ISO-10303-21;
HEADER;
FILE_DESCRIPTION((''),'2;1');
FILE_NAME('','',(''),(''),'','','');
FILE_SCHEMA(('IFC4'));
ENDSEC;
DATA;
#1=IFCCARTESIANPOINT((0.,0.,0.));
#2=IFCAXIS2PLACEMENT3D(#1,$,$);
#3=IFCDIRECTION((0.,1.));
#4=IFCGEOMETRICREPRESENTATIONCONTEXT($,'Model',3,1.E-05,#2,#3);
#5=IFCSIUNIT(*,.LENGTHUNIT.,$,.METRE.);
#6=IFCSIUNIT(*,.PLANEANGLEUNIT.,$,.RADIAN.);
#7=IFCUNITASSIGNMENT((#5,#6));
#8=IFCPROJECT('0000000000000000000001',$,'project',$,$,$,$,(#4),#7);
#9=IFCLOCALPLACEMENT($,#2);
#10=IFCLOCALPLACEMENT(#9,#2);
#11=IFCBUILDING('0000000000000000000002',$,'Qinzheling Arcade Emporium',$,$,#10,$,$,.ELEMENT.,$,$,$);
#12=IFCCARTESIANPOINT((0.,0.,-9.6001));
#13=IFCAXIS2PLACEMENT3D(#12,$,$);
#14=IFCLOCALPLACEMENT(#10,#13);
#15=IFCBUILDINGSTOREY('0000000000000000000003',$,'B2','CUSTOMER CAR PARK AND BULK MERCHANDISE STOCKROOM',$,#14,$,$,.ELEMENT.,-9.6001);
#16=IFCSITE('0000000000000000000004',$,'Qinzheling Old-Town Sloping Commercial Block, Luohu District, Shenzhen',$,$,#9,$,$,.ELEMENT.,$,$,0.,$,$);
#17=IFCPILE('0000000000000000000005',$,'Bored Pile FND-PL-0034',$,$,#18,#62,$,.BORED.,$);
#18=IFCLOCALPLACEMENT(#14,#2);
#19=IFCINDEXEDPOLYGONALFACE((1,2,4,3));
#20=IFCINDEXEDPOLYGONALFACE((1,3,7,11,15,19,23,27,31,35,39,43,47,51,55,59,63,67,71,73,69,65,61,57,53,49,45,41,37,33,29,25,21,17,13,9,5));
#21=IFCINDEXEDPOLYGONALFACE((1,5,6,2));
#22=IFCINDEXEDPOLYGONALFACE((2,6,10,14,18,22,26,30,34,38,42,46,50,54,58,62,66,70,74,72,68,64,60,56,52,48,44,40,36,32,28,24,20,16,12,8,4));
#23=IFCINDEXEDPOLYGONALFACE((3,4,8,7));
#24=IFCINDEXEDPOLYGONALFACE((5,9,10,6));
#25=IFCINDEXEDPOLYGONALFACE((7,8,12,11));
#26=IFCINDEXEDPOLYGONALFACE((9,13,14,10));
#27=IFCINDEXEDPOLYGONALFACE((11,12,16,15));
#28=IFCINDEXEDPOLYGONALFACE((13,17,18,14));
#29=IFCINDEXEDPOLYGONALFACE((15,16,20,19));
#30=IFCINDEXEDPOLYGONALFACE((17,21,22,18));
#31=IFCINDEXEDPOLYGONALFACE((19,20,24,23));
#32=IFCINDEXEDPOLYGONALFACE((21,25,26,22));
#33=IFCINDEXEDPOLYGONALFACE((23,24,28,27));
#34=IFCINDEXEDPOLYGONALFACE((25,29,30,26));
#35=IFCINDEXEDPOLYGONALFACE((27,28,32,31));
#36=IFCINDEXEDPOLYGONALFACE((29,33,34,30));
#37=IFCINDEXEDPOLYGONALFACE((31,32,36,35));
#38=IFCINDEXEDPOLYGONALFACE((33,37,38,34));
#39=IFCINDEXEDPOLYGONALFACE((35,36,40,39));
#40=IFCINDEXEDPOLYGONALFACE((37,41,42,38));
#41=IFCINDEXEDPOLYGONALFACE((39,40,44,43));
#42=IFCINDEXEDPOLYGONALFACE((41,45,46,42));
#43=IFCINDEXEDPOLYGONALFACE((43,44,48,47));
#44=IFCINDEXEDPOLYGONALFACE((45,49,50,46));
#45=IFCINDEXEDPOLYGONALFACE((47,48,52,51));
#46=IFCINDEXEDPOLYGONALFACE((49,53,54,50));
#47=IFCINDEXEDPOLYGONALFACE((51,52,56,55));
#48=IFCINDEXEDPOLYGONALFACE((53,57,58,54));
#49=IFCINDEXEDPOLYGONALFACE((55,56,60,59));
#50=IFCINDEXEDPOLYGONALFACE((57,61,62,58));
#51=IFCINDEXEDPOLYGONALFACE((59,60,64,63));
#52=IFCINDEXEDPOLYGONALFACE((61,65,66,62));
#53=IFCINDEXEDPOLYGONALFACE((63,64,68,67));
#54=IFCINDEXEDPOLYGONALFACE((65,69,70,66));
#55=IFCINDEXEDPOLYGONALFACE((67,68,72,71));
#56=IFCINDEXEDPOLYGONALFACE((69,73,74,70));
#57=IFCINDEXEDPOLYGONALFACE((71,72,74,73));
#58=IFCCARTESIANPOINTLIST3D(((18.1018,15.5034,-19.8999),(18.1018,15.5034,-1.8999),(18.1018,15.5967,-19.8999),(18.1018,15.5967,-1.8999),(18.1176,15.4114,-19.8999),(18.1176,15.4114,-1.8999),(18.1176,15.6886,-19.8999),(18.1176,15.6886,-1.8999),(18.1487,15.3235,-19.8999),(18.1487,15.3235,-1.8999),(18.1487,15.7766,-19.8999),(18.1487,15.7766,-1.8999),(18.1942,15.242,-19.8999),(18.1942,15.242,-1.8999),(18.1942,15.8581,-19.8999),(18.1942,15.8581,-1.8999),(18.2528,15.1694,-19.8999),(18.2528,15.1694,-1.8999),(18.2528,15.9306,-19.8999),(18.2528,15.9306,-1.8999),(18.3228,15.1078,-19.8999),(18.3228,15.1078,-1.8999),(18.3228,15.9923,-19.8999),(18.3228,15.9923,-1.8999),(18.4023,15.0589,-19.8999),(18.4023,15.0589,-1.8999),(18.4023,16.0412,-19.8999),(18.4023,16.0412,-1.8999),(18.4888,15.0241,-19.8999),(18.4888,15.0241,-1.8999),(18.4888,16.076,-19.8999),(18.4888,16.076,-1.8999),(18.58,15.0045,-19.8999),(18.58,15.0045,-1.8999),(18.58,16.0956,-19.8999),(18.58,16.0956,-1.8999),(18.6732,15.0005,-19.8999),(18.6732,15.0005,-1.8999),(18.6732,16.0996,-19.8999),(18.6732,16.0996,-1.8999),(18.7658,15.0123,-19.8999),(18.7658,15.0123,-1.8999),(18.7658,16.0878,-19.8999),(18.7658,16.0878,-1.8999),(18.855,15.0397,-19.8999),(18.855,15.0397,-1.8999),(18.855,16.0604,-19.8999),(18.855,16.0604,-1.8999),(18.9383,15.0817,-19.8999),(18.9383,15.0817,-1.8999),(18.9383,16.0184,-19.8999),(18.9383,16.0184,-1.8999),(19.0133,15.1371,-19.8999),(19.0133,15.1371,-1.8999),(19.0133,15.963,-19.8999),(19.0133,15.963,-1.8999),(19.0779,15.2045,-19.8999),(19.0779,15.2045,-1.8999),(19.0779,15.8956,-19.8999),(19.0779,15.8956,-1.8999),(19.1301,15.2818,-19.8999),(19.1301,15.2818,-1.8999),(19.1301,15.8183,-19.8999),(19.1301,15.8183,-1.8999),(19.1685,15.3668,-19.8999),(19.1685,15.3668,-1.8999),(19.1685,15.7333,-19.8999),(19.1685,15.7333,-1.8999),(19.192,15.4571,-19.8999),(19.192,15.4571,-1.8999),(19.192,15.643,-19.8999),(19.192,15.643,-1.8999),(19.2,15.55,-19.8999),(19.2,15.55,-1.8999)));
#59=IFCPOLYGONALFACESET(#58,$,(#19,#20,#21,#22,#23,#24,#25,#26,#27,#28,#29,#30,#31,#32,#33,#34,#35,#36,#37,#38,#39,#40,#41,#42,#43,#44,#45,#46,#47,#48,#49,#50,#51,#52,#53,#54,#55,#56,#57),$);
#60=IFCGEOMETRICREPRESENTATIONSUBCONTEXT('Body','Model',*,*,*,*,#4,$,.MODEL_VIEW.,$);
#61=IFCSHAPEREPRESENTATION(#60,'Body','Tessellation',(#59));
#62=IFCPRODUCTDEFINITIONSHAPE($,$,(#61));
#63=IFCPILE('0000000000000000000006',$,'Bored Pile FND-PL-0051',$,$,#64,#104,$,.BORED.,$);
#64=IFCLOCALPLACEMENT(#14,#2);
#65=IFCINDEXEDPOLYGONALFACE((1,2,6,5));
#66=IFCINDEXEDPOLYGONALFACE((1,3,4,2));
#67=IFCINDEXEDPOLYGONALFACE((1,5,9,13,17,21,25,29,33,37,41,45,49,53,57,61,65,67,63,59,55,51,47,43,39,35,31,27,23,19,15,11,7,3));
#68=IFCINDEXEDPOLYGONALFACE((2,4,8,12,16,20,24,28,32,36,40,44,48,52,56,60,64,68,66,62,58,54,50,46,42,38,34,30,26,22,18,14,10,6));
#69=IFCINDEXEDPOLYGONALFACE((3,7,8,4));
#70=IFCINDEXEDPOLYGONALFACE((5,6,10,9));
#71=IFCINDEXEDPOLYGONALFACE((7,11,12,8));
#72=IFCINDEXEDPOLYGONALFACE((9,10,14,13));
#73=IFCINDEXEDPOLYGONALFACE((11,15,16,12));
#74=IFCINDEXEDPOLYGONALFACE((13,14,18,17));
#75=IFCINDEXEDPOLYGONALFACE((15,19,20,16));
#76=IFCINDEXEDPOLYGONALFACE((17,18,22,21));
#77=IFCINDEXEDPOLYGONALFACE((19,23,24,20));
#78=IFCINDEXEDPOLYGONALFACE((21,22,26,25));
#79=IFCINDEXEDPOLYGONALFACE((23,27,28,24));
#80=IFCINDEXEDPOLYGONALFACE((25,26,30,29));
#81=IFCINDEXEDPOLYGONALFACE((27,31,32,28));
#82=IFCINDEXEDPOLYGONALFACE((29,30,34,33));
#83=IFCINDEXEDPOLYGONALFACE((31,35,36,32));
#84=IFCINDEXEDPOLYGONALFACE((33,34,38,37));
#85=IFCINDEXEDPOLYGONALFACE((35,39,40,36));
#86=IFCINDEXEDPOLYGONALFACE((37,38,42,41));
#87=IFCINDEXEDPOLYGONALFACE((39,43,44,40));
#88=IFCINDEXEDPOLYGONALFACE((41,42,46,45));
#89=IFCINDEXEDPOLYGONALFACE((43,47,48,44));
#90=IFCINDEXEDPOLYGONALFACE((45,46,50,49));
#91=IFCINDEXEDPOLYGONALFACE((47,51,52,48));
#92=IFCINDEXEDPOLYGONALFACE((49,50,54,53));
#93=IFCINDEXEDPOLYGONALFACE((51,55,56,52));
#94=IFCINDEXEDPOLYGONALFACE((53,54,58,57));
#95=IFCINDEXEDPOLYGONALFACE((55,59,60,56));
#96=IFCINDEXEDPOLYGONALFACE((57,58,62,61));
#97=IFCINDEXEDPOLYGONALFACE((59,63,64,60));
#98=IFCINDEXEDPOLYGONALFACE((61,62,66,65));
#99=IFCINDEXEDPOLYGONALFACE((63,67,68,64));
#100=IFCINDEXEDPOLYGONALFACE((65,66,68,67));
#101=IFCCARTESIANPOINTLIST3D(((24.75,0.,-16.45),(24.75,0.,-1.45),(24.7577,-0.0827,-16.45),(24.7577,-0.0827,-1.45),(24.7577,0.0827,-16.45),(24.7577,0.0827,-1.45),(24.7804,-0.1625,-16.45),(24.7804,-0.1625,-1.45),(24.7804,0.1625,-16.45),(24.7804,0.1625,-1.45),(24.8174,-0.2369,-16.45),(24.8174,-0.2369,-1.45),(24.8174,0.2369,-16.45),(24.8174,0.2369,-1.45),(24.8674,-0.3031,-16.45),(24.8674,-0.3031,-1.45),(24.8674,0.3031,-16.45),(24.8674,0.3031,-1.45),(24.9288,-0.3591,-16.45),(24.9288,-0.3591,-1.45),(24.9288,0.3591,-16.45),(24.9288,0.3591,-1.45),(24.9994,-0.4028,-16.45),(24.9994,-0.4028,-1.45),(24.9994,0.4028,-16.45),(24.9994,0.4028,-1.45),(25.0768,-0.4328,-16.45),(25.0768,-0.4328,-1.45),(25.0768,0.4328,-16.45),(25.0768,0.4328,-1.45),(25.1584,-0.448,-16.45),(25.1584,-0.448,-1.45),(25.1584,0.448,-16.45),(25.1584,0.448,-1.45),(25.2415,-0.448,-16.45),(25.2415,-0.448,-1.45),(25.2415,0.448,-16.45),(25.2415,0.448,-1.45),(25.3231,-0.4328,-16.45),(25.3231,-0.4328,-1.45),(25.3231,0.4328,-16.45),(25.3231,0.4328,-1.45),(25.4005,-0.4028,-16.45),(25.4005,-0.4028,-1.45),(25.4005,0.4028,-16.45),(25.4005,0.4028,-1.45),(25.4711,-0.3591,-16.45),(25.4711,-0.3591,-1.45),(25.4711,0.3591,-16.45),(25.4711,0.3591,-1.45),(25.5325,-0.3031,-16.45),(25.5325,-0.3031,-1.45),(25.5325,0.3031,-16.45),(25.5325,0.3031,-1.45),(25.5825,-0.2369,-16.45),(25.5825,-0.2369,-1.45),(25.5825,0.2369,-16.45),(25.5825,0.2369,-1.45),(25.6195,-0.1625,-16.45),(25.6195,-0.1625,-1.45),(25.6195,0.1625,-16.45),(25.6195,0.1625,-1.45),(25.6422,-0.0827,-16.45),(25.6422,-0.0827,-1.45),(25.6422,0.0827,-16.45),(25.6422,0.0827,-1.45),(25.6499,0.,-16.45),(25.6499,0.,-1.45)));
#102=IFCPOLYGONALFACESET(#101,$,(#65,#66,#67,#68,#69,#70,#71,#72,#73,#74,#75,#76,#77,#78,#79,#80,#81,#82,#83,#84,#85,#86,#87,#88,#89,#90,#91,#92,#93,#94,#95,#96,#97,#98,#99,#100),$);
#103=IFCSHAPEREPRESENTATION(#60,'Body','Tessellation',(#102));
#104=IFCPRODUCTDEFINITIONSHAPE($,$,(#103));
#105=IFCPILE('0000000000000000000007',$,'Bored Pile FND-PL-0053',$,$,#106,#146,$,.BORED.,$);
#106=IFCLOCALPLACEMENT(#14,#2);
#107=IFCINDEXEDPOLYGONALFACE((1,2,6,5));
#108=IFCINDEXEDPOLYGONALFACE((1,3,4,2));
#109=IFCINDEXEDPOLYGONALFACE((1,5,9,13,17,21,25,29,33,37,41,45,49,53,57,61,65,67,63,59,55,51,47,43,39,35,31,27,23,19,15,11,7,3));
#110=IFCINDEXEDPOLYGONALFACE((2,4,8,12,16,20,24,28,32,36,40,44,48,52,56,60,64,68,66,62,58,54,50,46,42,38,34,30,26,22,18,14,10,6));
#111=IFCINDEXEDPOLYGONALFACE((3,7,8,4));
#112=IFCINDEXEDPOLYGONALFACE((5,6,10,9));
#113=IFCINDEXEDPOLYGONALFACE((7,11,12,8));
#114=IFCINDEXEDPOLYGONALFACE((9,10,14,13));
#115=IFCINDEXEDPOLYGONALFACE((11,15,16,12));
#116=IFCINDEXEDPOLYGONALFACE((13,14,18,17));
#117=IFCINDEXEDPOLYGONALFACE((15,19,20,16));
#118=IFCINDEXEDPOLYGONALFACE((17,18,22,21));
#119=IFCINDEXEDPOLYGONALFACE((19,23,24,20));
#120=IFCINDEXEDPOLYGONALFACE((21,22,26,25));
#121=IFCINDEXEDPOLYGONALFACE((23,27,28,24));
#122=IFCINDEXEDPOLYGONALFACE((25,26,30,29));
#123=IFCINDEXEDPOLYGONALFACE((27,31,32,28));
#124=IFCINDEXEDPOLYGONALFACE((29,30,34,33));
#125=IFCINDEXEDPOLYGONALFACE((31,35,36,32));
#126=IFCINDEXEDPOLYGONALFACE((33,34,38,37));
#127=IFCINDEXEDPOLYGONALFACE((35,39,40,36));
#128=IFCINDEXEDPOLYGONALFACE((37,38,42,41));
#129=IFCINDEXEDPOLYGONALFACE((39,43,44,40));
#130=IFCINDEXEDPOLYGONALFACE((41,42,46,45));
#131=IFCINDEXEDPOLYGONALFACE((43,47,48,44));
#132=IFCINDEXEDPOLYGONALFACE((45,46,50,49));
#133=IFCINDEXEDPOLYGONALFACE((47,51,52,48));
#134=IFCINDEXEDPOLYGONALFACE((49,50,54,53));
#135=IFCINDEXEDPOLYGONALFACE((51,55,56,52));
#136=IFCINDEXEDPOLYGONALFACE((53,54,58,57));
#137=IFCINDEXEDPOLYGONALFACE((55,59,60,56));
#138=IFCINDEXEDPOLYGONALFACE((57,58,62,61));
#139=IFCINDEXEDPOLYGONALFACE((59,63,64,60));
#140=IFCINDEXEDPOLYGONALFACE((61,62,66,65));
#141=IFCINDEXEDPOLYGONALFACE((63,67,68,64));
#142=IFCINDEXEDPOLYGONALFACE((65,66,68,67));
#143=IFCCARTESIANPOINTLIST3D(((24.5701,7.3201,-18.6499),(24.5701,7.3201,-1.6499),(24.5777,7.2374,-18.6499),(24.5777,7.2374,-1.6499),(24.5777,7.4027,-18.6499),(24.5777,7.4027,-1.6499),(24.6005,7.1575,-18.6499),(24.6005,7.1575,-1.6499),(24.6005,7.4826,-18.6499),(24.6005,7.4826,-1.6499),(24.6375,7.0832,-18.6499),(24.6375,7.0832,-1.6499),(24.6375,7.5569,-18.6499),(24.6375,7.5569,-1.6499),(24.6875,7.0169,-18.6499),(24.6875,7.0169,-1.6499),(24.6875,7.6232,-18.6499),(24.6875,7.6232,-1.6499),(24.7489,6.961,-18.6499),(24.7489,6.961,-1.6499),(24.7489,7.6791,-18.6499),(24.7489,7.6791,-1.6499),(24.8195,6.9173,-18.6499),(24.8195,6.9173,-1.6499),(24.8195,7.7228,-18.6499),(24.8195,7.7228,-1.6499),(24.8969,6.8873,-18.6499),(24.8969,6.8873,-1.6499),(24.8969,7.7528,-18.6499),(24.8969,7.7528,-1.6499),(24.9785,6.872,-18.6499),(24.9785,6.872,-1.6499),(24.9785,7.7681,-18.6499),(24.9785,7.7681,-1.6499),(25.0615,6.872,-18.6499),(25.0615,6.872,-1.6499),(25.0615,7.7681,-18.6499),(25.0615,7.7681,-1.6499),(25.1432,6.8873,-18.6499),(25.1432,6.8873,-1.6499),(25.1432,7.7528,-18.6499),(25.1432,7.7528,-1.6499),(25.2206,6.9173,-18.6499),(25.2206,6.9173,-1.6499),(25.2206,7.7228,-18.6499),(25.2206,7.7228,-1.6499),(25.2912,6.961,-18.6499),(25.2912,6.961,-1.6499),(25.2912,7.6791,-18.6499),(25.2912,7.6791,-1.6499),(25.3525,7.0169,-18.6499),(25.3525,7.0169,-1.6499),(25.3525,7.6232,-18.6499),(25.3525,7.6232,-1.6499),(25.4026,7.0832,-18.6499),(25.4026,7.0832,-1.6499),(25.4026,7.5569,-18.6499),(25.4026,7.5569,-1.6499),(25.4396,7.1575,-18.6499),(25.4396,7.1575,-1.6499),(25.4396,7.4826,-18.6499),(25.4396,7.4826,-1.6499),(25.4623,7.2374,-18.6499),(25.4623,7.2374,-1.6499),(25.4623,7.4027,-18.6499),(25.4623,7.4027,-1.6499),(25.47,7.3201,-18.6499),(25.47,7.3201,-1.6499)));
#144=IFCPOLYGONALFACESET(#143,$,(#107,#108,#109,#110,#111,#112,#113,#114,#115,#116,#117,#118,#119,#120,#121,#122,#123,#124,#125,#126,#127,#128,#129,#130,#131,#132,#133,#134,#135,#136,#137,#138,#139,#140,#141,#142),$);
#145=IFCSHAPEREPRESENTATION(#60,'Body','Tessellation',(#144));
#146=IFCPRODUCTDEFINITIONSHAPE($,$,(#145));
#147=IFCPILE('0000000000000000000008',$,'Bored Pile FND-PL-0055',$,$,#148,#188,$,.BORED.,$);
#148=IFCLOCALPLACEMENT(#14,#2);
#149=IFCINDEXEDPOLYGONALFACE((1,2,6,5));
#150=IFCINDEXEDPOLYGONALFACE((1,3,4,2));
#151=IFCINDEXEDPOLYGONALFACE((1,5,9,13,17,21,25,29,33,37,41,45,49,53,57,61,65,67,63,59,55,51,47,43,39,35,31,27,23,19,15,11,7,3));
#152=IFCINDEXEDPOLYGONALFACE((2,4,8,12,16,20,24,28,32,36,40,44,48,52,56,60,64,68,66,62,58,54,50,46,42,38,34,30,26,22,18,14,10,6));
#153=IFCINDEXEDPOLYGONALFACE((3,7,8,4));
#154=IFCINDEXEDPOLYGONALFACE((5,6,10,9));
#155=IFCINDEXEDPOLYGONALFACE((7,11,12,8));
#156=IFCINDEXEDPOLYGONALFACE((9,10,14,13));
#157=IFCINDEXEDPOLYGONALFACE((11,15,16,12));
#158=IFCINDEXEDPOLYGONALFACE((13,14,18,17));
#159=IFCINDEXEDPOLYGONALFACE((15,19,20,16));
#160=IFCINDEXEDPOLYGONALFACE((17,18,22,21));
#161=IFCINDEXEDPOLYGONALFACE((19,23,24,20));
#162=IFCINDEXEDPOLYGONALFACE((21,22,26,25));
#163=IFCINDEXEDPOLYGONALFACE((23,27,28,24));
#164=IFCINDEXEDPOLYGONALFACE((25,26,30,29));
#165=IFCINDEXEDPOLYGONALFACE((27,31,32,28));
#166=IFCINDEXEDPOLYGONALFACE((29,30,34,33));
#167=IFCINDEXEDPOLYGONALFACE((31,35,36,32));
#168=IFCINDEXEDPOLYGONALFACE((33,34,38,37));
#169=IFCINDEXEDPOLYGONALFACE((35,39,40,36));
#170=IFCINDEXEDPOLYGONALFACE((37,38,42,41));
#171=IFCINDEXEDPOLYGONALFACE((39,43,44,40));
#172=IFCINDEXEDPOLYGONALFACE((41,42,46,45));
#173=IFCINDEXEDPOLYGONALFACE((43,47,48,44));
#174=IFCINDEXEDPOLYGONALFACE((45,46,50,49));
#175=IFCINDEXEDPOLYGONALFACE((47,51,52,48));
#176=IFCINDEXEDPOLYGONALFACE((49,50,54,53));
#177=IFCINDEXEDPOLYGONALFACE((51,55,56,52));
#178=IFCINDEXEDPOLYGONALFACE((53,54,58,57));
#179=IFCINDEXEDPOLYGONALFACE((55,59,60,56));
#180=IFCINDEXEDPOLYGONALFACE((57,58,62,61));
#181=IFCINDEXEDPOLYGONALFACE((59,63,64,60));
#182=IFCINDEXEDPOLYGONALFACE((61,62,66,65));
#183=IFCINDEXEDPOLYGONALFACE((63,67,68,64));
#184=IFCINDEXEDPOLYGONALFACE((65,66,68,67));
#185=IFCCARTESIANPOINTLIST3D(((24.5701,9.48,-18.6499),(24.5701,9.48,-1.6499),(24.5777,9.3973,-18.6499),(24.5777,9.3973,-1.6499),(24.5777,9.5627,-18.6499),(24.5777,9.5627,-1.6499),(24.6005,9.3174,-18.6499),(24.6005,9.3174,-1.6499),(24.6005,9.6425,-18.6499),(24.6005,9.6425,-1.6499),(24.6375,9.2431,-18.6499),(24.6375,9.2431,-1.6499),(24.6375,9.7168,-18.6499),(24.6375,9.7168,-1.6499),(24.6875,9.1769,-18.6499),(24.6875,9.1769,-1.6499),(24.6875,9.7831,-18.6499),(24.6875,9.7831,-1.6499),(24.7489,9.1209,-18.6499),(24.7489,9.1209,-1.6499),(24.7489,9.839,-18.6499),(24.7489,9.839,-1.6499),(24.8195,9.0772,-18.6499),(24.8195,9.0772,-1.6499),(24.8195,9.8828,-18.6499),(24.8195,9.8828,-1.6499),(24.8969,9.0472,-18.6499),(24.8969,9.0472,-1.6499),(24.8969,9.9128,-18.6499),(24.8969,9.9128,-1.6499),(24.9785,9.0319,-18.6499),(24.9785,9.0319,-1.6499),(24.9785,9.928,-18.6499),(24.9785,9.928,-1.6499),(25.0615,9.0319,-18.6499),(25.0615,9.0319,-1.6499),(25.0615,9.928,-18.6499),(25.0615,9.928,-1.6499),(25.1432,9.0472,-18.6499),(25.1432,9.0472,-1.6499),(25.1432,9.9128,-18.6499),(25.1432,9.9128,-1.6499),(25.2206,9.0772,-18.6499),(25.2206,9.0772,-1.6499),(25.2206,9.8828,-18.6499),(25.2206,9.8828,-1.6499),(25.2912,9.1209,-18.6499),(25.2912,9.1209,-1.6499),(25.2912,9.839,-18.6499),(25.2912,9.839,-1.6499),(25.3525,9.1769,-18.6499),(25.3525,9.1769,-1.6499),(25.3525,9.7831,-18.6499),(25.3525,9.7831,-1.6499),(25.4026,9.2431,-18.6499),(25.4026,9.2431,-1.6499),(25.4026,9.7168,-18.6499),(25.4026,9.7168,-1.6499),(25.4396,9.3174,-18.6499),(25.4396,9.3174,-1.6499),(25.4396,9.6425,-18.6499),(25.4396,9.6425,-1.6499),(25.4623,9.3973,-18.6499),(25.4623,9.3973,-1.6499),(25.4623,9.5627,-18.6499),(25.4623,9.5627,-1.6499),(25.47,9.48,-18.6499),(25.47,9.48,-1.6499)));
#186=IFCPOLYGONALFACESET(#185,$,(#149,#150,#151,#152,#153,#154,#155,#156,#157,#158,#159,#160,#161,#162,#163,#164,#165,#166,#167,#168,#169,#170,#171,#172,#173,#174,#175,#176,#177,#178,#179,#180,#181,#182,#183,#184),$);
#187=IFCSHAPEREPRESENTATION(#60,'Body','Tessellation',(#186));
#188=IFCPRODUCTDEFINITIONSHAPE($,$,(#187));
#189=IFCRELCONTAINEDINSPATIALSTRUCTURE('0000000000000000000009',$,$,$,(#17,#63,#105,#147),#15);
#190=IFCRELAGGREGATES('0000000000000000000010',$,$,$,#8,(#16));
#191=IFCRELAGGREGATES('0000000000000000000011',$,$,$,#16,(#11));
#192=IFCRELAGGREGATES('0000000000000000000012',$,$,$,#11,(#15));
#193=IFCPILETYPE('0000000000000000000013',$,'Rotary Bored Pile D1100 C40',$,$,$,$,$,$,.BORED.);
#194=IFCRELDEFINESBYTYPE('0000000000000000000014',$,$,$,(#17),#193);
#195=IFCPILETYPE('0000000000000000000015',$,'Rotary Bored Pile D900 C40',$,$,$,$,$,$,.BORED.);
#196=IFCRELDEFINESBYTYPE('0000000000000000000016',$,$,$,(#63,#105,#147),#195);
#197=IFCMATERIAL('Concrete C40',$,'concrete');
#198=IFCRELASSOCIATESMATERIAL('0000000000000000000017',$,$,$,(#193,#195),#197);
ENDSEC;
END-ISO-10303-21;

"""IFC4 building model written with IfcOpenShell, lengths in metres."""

from ifc_helpers import new_model, si_unit, direction, frame, origin, origin_2d, place, context, subcontext, project, spatial, circle, extrude, material, material_profile, profile_set, type_object, element, save


model = new_model("IFC4")

# Units and contexts
model_context = context("Model", 3, precision=1e-05, world=origin(), true_north=direction((0.0, 1.0)))
body_context = subcontext(model_context, "Body", "Model", "MODEL_VIEW")
ifc_project = project(units=[si_unit("LENGTHUNIT", "METRE"), si_unit("PLANEANGLEUNIT", "RADIAN")], contexts=[model_context])

# Site, building, storey
site_placement = place(None, origin())
site = spatial("IfcSite", under=ifc_project, at=site_placement, Name="Qinzheling Old-Town Sloping Commercial Block, Luohu District, Shenzhen", CompositionType="ELEMENT", RefElevation=0.0)
building_placement = place(site_placement, origin())
building = spatial("IfcBuilding", under=site, at=building_placement, Name="Qinzheling Arcade Emporium", CompositionType="ELEMENT")
storey_placement = place(building_placement, frame((0.0, 0.0, -9.6001)))
storey = spatial("IfcBuildingStorey", under=building, at=storey_placement, Name="B2", Description="CUSTOMER CAR PARK AND BULK MERCHANDISE STOCKROOM", CompositionType="ELEMENT", Elevation=-9.6001)

# Shared definitions
ifc_material_1 = material(Name="Concrete C40", Category="concrete")

# Piles
ifc_material_profile_1 = material_profile(ifc_material_1, circle(Radius=0.55, at=origin_2d()), Name="BORED D1100", Category="concrete")
ifc_profile_set_1 = profile_set([ifc_material_profile_1], Name="Concrete C40")
pile_type_1 = type_object("IfcPileType", Name="Rotary Bored Pile D1100 C40", PredefinedType="BORED", material=ifc_profile_set_1)
pile_1_placement = place(storey_placement, frame((18.6499, 15.55, -1.8999), z_axis=(0.0, 0.0, -1.0), x_axis=(1.0, 0.0, 0.0)))
element("IfcPile", 1, at=pile_1_placement, inside=storey, type_object=pile_type_1, Name="Bored Pile FND-PL-0034", PredefinedType="BORED", context=body_context, shape_type="SweptSolid", body=[
    extrude(circle(Radius=0.55, at=origin_2d()), origin(), (0.0, 0.0, 1.0), 18.0),
])
ifc_material_profile_2 = material_profile(ifc_material_1, circle(Radius=0.45, at=origin_2d()), Name="BORED D900", Category="concrete")
ifc_profile_set_2 = profile_set([ifc_material_profile_2], Name="Concrete C40")
pile_type_2 = type_object("IfcPileType", Name="Rotary Bored Pile D900 C40", PredefinedType="BORED", material=ifc_profile_set_2)
pile_2_placement = place(storey_placement, frame((25.2, 0.0, -1.45), z_axis=(0.0, 0.0, -1.0), x_axis=(1.0, 0.0, 0.0)))
element("IfcPile", 2, at=pile_2_placement, inside=storey, type_object=pile_type_2, Name="Bored Pile FND-PL-0051", PredefinedType="BORED", context=body_context, shape_type="SweptSolid", body=[
    extrude(circle(Radius=0.45, at=origin_2d()), origin(), (0.0, 0.0, 1.0), 15.0),
])
for number, where, z_axis, x_axis, name in (
    (3, (25.02, 7.3201, -1.6499), (0.0, 0.0, -1.0), (1.0, 0.0, 0.0), "Bored Pile FND-PL-0053"),
    (4, (25.02, 9.48, -1.6499), (0.0, 0.0, -1.0), (1.0, 0.0, 0.0), "Bored Pile FND-PL-0055"),
):
    element("IfcPile", number, at=place(storey_placement, frame(where, z_axis=z_axis, x_axis=x_axis)), inside=storey, type_object=pile_type_2, Name=name, PredefinedType="BORED", context=body_context, shape_type="SweptSolid", body=[
        extrude(circle(Radius=0.45, at=origin_2d()), origin(), (0.0, 0.0, 1.0), 17.0),
    ])

save(model, "model.ifc")
